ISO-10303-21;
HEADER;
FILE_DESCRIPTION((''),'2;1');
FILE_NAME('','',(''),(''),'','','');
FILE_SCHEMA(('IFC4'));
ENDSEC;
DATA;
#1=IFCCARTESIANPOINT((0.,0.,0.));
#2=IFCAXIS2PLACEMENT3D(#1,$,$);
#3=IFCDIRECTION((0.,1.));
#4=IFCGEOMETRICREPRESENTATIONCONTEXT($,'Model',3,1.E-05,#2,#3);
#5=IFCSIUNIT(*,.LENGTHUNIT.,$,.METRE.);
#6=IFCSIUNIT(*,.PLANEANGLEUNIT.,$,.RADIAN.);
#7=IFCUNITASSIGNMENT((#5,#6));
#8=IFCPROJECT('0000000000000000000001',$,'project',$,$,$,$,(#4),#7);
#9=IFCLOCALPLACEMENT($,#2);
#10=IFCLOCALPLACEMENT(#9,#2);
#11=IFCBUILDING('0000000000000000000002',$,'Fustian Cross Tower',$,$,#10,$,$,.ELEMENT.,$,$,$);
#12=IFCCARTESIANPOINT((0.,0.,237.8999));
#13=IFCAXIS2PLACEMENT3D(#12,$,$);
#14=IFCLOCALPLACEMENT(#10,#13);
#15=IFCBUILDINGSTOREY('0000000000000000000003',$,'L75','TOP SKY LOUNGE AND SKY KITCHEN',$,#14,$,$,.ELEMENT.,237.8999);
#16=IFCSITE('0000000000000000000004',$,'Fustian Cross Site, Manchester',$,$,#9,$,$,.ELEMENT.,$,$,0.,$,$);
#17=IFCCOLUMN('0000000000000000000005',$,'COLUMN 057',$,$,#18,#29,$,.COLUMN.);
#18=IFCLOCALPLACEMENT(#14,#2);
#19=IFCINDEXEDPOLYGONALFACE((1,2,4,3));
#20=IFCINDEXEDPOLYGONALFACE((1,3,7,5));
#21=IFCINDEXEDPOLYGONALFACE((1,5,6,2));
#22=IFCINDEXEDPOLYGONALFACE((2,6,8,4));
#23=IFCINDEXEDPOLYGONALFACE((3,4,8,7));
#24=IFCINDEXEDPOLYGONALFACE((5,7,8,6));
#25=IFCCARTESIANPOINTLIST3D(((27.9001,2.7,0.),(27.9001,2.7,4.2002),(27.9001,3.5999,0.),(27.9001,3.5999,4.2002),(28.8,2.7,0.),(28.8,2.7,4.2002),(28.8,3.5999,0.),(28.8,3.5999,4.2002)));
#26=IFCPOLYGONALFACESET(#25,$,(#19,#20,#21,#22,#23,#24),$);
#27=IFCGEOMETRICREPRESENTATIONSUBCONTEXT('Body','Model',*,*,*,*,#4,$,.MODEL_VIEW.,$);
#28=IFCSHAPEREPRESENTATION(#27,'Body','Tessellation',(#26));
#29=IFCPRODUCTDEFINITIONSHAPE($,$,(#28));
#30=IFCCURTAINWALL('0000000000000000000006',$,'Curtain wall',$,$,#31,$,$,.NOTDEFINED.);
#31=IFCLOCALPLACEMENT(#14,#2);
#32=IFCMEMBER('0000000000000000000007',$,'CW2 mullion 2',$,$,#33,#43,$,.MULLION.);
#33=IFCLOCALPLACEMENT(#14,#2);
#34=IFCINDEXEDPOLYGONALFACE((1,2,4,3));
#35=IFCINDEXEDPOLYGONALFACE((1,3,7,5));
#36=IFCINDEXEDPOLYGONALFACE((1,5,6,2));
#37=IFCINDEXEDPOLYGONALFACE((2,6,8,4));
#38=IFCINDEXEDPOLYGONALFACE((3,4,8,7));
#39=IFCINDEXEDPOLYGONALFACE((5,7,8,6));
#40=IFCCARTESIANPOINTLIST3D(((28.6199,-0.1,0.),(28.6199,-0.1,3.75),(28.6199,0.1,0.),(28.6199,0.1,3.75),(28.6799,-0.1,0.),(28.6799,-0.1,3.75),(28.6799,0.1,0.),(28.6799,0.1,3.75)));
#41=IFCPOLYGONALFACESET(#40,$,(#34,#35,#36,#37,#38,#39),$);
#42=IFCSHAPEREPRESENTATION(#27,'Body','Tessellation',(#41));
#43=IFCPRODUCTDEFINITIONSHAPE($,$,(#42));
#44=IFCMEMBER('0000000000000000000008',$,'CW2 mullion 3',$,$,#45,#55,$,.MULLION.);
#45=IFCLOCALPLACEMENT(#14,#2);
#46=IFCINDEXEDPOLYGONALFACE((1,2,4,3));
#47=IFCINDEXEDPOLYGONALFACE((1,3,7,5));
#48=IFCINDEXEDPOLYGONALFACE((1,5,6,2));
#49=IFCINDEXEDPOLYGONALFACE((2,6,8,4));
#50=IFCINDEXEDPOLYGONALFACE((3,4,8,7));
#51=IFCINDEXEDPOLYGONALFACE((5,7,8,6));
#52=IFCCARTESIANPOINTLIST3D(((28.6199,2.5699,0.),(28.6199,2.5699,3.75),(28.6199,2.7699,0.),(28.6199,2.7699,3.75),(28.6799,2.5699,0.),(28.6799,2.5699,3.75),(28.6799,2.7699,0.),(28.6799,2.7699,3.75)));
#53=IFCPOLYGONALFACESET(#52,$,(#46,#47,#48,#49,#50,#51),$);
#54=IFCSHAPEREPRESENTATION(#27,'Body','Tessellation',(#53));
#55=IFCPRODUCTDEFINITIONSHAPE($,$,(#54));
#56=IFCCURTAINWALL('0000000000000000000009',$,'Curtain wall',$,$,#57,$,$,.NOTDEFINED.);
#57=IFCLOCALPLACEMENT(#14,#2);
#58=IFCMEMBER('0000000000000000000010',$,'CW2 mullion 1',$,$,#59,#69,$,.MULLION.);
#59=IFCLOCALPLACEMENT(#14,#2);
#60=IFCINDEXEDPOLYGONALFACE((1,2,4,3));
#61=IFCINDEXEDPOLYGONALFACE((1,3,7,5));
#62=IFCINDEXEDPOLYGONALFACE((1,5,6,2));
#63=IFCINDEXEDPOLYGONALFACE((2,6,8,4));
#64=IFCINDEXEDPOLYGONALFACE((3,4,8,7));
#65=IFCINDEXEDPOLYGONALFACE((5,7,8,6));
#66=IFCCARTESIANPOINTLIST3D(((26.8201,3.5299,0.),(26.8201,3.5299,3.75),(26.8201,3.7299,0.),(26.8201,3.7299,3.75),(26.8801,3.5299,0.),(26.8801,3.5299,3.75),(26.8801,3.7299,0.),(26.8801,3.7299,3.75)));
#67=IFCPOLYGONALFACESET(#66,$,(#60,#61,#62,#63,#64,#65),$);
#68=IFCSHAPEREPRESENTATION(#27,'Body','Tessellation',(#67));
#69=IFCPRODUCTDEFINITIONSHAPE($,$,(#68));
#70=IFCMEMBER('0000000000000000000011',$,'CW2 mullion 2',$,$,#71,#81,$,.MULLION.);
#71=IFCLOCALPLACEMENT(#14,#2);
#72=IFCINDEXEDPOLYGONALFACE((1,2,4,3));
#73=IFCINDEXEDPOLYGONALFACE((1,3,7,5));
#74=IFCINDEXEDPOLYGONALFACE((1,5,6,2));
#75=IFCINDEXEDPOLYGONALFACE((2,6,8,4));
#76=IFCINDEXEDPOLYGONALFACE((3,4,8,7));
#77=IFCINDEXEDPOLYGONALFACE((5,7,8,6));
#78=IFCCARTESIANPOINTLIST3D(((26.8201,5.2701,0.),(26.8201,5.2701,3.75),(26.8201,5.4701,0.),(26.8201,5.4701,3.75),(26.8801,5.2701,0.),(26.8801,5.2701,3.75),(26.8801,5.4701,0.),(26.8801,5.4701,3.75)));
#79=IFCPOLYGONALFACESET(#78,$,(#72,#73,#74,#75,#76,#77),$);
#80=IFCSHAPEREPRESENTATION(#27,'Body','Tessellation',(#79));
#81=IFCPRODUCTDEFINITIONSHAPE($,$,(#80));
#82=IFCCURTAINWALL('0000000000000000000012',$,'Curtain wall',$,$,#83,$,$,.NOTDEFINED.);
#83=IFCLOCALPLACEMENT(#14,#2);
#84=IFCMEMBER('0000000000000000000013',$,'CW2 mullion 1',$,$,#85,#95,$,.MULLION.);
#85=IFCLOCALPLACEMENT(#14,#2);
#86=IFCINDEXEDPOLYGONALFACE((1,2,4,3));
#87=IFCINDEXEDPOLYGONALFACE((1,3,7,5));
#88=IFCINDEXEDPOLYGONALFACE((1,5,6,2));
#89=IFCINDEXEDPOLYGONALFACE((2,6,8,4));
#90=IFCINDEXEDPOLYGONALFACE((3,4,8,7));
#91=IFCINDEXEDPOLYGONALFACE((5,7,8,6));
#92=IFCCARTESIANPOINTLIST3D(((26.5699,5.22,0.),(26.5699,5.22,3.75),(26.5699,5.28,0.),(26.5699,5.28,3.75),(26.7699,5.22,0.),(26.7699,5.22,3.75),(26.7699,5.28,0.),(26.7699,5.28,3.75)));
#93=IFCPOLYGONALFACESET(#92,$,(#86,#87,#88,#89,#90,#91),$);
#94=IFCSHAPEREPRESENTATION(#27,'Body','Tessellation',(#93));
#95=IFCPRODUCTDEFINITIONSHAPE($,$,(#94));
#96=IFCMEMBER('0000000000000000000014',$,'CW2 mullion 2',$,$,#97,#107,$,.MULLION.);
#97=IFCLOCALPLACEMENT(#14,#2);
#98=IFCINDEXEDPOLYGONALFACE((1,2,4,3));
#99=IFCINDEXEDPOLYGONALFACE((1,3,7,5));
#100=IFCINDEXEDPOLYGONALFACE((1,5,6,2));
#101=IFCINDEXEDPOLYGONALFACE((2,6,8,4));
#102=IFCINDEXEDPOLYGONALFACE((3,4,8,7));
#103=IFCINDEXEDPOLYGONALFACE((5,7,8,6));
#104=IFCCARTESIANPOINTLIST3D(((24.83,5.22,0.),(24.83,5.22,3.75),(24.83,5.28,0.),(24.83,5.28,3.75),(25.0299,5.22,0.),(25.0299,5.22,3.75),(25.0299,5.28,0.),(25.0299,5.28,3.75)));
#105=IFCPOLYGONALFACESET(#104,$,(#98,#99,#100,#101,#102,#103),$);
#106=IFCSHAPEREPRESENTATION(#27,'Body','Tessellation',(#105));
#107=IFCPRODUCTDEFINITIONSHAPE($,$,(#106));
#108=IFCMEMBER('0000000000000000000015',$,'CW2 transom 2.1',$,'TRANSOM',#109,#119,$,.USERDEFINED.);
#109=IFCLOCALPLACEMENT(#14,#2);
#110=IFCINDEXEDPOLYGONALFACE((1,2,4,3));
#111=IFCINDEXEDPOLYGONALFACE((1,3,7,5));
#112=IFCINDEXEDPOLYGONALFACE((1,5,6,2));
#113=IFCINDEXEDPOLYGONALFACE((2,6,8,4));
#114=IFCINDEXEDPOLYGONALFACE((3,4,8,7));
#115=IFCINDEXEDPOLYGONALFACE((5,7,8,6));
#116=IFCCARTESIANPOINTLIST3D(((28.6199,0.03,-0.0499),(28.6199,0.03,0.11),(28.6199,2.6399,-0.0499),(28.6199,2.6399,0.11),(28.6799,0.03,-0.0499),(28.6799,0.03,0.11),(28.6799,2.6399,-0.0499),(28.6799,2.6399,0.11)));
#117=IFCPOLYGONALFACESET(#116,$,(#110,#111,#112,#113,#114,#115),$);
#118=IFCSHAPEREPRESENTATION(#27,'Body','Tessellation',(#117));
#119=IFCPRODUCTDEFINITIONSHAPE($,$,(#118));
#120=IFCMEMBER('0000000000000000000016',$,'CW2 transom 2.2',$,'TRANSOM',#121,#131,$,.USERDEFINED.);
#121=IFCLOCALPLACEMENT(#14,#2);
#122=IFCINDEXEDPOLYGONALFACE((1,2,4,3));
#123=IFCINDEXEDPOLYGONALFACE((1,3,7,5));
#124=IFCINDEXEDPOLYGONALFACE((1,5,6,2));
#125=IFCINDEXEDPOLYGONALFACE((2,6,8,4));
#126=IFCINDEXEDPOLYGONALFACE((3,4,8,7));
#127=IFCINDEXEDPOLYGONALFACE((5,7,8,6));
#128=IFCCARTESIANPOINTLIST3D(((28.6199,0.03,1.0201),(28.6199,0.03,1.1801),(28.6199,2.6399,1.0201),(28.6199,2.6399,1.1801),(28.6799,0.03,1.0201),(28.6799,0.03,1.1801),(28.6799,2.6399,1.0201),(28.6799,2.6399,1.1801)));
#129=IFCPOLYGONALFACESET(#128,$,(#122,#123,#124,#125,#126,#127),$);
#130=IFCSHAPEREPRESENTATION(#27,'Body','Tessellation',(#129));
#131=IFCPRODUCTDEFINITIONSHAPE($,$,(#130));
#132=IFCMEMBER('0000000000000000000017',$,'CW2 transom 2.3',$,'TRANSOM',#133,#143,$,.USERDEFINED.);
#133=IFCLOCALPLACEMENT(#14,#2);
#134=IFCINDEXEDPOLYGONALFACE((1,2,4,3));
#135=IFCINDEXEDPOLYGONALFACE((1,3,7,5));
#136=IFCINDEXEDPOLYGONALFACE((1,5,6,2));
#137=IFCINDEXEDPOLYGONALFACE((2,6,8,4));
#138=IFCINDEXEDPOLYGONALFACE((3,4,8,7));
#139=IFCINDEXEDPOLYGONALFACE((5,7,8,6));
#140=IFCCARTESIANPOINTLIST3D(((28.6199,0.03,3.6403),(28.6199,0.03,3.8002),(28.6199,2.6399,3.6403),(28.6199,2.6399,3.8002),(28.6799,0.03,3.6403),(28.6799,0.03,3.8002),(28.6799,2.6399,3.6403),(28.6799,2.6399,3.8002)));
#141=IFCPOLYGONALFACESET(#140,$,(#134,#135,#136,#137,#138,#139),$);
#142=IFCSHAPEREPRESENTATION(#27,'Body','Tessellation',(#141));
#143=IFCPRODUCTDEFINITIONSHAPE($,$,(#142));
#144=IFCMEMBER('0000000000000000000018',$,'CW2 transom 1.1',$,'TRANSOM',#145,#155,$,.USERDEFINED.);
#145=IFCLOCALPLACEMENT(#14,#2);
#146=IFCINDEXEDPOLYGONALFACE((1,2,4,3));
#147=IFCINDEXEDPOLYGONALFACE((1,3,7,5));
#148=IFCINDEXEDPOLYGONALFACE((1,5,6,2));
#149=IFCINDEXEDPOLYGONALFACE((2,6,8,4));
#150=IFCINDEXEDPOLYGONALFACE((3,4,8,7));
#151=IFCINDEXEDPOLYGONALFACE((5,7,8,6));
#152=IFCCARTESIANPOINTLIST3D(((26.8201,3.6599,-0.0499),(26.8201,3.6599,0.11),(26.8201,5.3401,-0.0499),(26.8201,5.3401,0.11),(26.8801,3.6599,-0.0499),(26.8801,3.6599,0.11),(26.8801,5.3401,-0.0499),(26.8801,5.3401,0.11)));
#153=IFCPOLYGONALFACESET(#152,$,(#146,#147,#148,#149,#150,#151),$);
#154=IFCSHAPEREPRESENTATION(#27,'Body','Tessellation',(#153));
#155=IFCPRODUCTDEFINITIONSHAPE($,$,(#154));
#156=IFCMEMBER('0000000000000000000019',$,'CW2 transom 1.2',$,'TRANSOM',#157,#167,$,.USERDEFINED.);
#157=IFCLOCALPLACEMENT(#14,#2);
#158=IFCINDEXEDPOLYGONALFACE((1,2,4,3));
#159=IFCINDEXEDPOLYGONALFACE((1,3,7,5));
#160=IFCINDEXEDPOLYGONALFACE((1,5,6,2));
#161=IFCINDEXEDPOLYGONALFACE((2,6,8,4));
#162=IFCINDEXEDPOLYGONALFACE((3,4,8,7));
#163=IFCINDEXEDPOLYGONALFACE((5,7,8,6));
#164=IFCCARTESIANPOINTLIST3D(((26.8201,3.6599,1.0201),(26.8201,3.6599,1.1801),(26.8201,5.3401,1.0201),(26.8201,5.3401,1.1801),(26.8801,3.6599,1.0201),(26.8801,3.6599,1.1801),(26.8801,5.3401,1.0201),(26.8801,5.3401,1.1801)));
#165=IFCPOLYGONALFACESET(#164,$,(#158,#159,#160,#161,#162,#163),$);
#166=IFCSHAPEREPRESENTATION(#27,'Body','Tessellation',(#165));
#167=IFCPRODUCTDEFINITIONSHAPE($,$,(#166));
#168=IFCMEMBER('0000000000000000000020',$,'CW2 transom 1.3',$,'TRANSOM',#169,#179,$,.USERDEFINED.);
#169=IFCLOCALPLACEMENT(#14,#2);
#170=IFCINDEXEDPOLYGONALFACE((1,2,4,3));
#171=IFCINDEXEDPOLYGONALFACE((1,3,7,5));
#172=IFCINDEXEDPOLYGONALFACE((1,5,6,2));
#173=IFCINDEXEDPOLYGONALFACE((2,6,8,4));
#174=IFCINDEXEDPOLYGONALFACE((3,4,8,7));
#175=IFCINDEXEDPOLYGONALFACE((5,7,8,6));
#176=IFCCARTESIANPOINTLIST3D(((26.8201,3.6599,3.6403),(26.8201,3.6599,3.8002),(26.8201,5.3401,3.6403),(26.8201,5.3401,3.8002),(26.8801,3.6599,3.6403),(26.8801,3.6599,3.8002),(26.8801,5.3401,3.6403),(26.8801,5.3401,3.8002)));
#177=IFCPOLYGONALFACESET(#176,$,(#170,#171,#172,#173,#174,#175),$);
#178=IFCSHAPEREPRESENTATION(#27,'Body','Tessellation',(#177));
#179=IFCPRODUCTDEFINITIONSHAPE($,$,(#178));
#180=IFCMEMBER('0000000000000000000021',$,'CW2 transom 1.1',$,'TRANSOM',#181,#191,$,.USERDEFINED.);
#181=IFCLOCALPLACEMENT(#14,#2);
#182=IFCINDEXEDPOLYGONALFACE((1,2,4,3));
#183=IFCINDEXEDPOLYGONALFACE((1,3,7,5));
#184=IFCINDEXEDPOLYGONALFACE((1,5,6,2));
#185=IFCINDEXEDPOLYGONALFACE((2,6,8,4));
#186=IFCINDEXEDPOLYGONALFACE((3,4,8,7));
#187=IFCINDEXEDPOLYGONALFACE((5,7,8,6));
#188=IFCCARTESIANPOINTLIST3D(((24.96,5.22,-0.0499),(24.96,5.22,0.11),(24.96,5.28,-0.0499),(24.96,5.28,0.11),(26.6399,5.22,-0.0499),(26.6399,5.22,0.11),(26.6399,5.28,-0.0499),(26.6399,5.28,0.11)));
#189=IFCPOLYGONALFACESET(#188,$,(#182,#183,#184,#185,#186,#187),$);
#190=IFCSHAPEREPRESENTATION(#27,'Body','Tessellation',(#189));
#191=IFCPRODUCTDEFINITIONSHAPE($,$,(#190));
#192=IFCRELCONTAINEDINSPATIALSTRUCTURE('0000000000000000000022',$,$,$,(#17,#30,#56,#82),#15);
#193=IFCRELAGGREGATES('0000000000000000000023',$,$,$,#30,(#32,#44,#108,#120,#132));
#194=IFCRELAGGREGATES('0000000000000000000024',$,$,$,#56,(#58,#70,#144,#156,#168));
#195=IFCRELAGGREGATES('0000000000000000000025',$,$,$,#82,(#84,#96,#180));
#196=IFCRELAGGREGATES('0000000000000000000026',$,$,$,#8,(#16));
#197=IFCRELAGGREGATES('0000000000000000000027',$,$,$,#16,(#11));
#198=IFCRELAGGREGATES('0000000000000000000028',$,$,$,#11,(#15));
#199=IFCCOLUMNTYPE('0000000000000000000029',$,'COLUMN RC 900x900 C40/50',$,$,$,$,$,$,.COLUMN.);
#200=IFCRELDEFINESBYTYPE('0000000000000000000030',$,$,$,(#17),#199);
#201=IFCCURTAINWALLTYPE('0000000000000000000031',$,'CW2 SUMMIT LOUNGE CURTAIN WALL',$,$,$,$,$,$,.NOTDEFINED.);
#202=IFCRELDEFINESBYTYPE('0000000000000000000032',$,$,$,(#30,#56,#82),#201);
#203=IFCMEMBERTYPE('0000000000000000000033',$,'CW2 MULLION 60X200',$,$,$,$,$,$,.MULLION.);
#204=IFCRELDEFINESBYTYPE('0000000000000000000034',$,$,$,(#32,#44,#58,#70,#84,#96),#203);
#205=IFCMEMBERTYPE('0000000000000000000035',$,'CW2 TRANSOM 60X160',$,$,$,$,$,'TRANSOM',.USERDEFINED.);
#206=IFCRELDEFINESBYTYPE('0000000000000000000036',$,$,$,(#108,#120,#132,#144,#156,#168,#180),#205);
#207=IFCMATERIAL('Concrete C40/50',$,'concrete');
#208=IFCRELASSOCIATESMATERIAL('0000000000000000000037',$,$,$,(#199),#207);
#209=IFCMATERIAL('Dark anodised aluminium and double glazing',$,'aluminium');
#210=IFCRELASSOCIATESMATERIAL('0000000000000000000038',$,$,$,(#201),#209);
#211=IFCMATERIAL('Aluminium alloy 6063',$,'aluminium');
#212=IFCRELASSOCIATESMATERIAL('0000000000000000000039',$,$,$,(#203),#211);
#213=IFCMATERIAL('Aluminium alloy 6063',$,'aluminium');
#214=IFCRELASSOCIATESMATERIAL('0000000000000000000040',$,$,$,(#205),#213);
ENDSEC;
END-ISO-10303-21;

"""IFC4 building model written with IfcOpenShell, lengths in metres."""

from ifc_helpers import new_model, si_unit, direction, frame, origin, origin_2d, place, context, subcontext, project, spatial, rectangle, extrude, material, material_profile, profile_set, type_object, element, aggregate, save


model = new_model("IFC4")

# Units and contexts
model_context = context("Model", 3, precision=1e-05, world=origin(), true_north=direction((0.0, 1.0)))
body_context = subcontext(model_context, "Body", "Model", "MODEL_VIEW")
ifc_project = project(units=[si_unit("LENGTHUNIT", "METRE"), si_unit("PLANEANGLEUNIT", "RADIAN")], contexts=[model_context])

# Site, building, storey
site_placement = place(None, origin())
site = spatial("IfcSite", under=ifc_project, at=site_placement, Name="Fustian Cross Site, Manchester", CompositionType="ELEMENT", RefElevation=0.0)
building_placement = place(site_placement, origin())
building = spatial("IfcBuilding", under=site, at=building_placement, Name="Fustian Cross Tower", CompositionType="ELEMENT")
storey_placement = place(building_placement, frame((0.0, 0.0, 237.8999)))
storey = spatial("IfcBuildingStorey", under=building, at=storey_placement, Name="L75", Description="TOP SKY LOUNGE AND SKY KITCHEN", CompositionType="ELEMENT", Elevation=237.8999)

# Column
ifc_material_1 = material(Name="Concrete C40/50", Category="concrete")
ifc_material_profile_1 = material_profile(ifc_material_1, rectangle(XDim=0.8999, YDim=0.8999, at=origin_2d()), Name="RC 900x900")
ifc_profile_set_1 = profile_set([ifc_material_profile_1], Name="Concrete C40/50")
column_type = type_object("IfcColumnType", Name="COLUMN RC 900x900 C40/50", PredefinedType="COLUMN", material=ifc_profile_set_1)
column_placement = place(storey_placement, frame((28.3501, 3.1499, 0.0), z_axis=(0.0, 0.0, 1.0), x_axis=(1.0, 0.0, 0.0)))
element("IfcColumn", 1, at=column_placement, inside=storey, type_object=column_type, Name="COLUMN 057", PredefinedType="COLUMN", context=body_context, shape_type="SweptSolid", body=[
    extrude(rectangle(XDim=0.8999, YDim=0.8999, at=origin_2d()), origin(), (0.0, 0.0, 1.0), 4.2002),
])

# Curtain walls, members
ifc_material_2 = material(Name="Dark anodised aluminium and double glazing", Category="aluminium")
curtain_wall_type = type_object("IfcCurtainWallType", Name="CW2 SUMMIT LOUNGE CURTAIN WALL", PredefinedType="NOTDEFINED", material=ifc_material_2)
curtain_wall_1_placement = place(storey_placement, origin())
curtain_wall_1 = element("IfcCurtainWall", 2, at=curtain_wall_1_placement, inside=storey, type_object=curtain_wall_type, Name="Curtain wall", PredefinedType="NOTDEFINED")
ifc_material_3 = material(Name="Aluminium alloy 6063", Category="aluminium")
ifc_material_profile_2 = material_profile(ifc_material_3, rectangle(XDim=0.0601, YDim=0.2, at=origin_2d()), Name="CW2 MULLION 60X200")
ifc_profile_set_2 = profile_set([ifc_material_profile_2], Name="Aluminium alloy 6063")
member_type_1 = type_object("IfcMemberType", Name="CW2 MULLION 60X200", PredefinedType="MULLION", material=ifc_profile_set_2)
member_1_placement = place(storey_placement, frame((28.6499, 0.0, 0.0), z_axis=(0.0, 0.0, 1.0), x_axis=(-1.0, 0.0, 0.0)))
member_1 = element("IfcMember", 3, at=member_1_placement, type_object=member_type_1, Name="CW2 mullion 2", PredefinedType="MULLION", context=body_context, shape_type="SweptSolid", body=[
    extrude(rectangle(XDim=0.0601, YDim=0.2, at=origin_2d()), origin(), (0.0, 0.0, 1.0), 3.75),
])
member_2_placement = place(storey_placement, frame((28.6499, 2.6699, 0.0), z_axis=(0.0, 0.0, 1.0), x_axis=(-1.0, 0.0, 0.0)))
member_2 = element("IfcMember", 4, at=member_2_placement, type_object=member_type_1, Name="CW2 mullion 3", PredefinedType="MULLION", context=body_context, shape_type="SweptSolid", body=[
    extrude(rectangle(XDim=0.0601, YDim=0.2, at=origin_2d()), origin(), (0.0, 0.0, 1.0), 3.75),
])
curtain_wall_2_placement = place(storey_placement, origin())
curtain_wall_2 = element("IfcCurtainWall", 5, at=curtain_wall_2_placement, inside=storey, type_object=curtain_wall_type, Name="Curtain wall", PredefinedType="NOTDEFINED")
member_3_placement = place(storey_placement, frame((26.8501, 3.6299, 0.0), z_axis=(0.0, 0.0, 1.0), x_axis=(-1.0, 0.0, 0.0)))
member_3 = element("IfcMember", 6, at=member_3_placement, type_object=member_type_1, Name="CW2 mullion 1", PredefinedType="MULLION", context=body_context, shape_type="SweptSolid", body=[
    extrude(rectangle(XDim=0.0601, YDim=0.2, at=origin_2d()), origin(), (0.0, 0.0, 1.0), 3.75),
])
member_4_placement = place(storey_placement, frame((26.8501, 5.3701, 0.0), z_axis=(0.0, 0.0, 1.0), x_axis=(-1.0, 0.0, 0.0)))
member_4 = element("IfcMember", 7, at=member_4_placement, type_object=member_type_1, Name="CW2 mullion 2", PredefinedType="MULLION", context=body_context, shape_type="SweptSolid", body=[
    extrude(rectangle(XDim=0.0601, YDim=0.2, at=origin_2d()), origin(), (0.0, 0.0, 1.0), 3.75),
])
curtain_wall_3_placement = place(storey_placement, origin())
curtain_wall_3 = element("IfcCurtainWall", 8, at=curtain_wall_3_placement, inside=storey, type_object=curtain_wall_type, Name="Curtain wall", PredefinedType="NOTDEFINED")
member_5_placement = place(storey_placement, frame((26.6699, 5.25, 0.0), z_axis=(0.0, 0.0, 1.0), x_axis=(0.0, -1.0, 0.0)))
member_5 = element("IfcMember", 9, at=member_5_placement, type_object=member_type_1, Name="CW2 mullion 1", PredefinedType="MULLION", context=body_context, shape_type="SweptSolid", body=[
    extrude(rectangle(XDim=0.0601, YDim=0.2, at=origin_2d()), origin(), (0.0, 0.0, 1.0), 3.75),
])
member_6_placement = place(storey_placement, frame((24.9299, 5.25, 0.0), z_axis=(0.0, 0.0, 1.0), x_axis=(0.0, -1.0, 0.0)))
member_6 = element("IfcMember", 10, at=member_6_placement, type_object=member_type_1, Name="CW2 mullion 2", PredefinedType="MULLION", context=body_context, shape_type="SweptSolid", body=[
    extrude(rectangle(XDim=0.0601, YDim=0.2, at=origin_2d()), origin(), (0.0, 0.0, 1.0), 3.75),
])

# Members
ifc_material_4 = material(Name="Aluminium alloy 6063", Category="aluminium")
ifc_material_profile_3 = material_profile(ifc_material_4, rectangle(XDim=0.0601, YDim=0.1599, at=origin_2d()), Name="CW2 TRANSOM 60X160")
ifc_profile_set_3 = profile_set([ifc_material_profile_3], Name="Aluminium alloy 6063")
member_type_2 = type_object("IfcMemberType", Name="CW2 TRANSOM 60X160", ElementType="TRANSOM", PredefinedType="USERDEFINED", material=ifc_profile_set_3)
member_7_placement = place(storey_placement, frame((28.6499, 0.03, 0.03), z_axis=(0.0, 1.0, 0.0), x_axis=(-1.0, 0.0, 0.0)))
member_7 = element("IfcMember", 11, at=member_7_placement, type_object=member_type_2, Name="CW2 transom 2.1", ObjectType="TRANSOM", PredefinedType="USERDEFINED", context=body_context, shape_type="SweptSolid", body=[
    extrude(rectangle(XDim=0.0601, YDim=0.1599, at=origin_2d()), origin(), (0.0, 0.0, 1.0), 2.6099),
])
member_8_placement = place(storey_placement, frame((28.6499, 0.03, 1.1001), z_axis=(0.0, 1.0, 0.0), x_axis=(-1.0, 0.0, 0.0)))
member_8 = element("IfcMember", 12, at=member_8_placement, type_object=member_type_2, Name="CW2 transom 2.2", ObjectType="TRANSOM", PredefinedType="USERDEFINED", context=body_context, shape_type="SweptSolid", body=[
    extrude(rectangle(XDim=0.0601, YDim=0.1599, at=origin_2d()), origin(), (0.0, 0.0, 1.0), 2.6099),
])
member_9_placement = place(storey_placement, frame((28.6499, 0.03, 3.7202), z_axis=(0.0, 1.0, 0.0), x_axis=(-1.0, 0.0, 0.0)))
member_9 = element("IfcMember", 13, at=member_9_placement, type_object=member_type_2, Name="CW2 transom 2.3", ObjectType="TRANSOM", PredefinedType="USERDEFINED", context=body_context, shape_type="SweptSolid", body=[
    extrude(rectangle(XDim=0.0601, YDim=0.1599, at=origin_2d()), origin(), (0.0, 0.0, 1.0), 2.6099),
])
member_10_placement = place(storey_placement, frame((26.8501, 3.6599, 0.03), z_axis=(0.0, 1.0, 0.0), x_axis=(-1.0, 0.0, 0.0)))
member_10 = element("IfcMember", 14, at=member_10_placement, type_object=member_type_2, Name="CW2 transom 1.1", ObjectType="TRANSOM", PredefinedType="USERDEFINED", context=body_context, shape_type="SweptSolid", body=[
    extrude(rectangle(XDim=0.0601, YDim=0.1599, at=origin_2d()), origin(), (0.0, 0.0, 1.0), 1.6802),
])
member_11_placement = place(storey_placement, frame((26.8501, 3.6599, 1.1001), z_axis=(0.0, 1.0, 0.0), x_axis=(-1.0, 0.0, 0.0)))
member_11 = element("IfcMember", 15, at=member_11_placement, type_object=member_type_2, Name="CW2 transom 1.2", ObjectType="TRANSOM", PredefinedType="USERDEFINED", context=body_context, shape_type="SweptSolid", body=[
    extrude(rectangle(XDim=0.0601, YDim=0.1599, at=origin_2d()), origin(), (0.0, 0.0, 1.0), 1.6802),
])
member_12_placement = place(storey_placement, frame((26.8501, 3.6599, 3.7202), z_axis=(0.0, 1.0, 0.0), x_axis=(-1.0, 0.0, 0.0)))
member_12 = element("IfcMember", 16, at=member_12_placement, type_object=member_type_2, Name="CW2 transom 1.3", ObjectType="TRANSOM", PredefinedType="USERDEFINED", context=body_context, shape_type="SweptSolid", body=[
    extrude(rectangle(XDim=0.0601, YDim=0.1599, at=origin_2d()), origin(), (0.0, 0.0, 1.0), 1.6802),
])
member_13_placement = place(storey_placement, frame((26.6399, 5.25, 0.03), z_axis=(-1.0, 0.0, 0.0), x_axis=(0.0, -1.0, 0.0)))
member_13 = element("IfcMember", 17, at=member_13_placement, type_object=member_type_2, Name="CW2 transom 1.1", ObjectType="TRANSOM", PredefinedType="USERDEFINED", context=body_context, shape_type="SweptSolid", body=[
    extrude(rectangle(XDim=0.0601, YDim=0.1599, at=origin_2d()), origin(), (0.0, 0.0, 1.0), 1.6799),
])

aggregate(curtain_wall_1, [member_1, member_2, member_7, member_8, member_9])
aggregate(curtain_wall_2, [member_3, member_4, member_10, member_11, member_12])
aggregate(curtain_wall_3, [member_5, member_6, member_13])

save(model, "model.ifc")
